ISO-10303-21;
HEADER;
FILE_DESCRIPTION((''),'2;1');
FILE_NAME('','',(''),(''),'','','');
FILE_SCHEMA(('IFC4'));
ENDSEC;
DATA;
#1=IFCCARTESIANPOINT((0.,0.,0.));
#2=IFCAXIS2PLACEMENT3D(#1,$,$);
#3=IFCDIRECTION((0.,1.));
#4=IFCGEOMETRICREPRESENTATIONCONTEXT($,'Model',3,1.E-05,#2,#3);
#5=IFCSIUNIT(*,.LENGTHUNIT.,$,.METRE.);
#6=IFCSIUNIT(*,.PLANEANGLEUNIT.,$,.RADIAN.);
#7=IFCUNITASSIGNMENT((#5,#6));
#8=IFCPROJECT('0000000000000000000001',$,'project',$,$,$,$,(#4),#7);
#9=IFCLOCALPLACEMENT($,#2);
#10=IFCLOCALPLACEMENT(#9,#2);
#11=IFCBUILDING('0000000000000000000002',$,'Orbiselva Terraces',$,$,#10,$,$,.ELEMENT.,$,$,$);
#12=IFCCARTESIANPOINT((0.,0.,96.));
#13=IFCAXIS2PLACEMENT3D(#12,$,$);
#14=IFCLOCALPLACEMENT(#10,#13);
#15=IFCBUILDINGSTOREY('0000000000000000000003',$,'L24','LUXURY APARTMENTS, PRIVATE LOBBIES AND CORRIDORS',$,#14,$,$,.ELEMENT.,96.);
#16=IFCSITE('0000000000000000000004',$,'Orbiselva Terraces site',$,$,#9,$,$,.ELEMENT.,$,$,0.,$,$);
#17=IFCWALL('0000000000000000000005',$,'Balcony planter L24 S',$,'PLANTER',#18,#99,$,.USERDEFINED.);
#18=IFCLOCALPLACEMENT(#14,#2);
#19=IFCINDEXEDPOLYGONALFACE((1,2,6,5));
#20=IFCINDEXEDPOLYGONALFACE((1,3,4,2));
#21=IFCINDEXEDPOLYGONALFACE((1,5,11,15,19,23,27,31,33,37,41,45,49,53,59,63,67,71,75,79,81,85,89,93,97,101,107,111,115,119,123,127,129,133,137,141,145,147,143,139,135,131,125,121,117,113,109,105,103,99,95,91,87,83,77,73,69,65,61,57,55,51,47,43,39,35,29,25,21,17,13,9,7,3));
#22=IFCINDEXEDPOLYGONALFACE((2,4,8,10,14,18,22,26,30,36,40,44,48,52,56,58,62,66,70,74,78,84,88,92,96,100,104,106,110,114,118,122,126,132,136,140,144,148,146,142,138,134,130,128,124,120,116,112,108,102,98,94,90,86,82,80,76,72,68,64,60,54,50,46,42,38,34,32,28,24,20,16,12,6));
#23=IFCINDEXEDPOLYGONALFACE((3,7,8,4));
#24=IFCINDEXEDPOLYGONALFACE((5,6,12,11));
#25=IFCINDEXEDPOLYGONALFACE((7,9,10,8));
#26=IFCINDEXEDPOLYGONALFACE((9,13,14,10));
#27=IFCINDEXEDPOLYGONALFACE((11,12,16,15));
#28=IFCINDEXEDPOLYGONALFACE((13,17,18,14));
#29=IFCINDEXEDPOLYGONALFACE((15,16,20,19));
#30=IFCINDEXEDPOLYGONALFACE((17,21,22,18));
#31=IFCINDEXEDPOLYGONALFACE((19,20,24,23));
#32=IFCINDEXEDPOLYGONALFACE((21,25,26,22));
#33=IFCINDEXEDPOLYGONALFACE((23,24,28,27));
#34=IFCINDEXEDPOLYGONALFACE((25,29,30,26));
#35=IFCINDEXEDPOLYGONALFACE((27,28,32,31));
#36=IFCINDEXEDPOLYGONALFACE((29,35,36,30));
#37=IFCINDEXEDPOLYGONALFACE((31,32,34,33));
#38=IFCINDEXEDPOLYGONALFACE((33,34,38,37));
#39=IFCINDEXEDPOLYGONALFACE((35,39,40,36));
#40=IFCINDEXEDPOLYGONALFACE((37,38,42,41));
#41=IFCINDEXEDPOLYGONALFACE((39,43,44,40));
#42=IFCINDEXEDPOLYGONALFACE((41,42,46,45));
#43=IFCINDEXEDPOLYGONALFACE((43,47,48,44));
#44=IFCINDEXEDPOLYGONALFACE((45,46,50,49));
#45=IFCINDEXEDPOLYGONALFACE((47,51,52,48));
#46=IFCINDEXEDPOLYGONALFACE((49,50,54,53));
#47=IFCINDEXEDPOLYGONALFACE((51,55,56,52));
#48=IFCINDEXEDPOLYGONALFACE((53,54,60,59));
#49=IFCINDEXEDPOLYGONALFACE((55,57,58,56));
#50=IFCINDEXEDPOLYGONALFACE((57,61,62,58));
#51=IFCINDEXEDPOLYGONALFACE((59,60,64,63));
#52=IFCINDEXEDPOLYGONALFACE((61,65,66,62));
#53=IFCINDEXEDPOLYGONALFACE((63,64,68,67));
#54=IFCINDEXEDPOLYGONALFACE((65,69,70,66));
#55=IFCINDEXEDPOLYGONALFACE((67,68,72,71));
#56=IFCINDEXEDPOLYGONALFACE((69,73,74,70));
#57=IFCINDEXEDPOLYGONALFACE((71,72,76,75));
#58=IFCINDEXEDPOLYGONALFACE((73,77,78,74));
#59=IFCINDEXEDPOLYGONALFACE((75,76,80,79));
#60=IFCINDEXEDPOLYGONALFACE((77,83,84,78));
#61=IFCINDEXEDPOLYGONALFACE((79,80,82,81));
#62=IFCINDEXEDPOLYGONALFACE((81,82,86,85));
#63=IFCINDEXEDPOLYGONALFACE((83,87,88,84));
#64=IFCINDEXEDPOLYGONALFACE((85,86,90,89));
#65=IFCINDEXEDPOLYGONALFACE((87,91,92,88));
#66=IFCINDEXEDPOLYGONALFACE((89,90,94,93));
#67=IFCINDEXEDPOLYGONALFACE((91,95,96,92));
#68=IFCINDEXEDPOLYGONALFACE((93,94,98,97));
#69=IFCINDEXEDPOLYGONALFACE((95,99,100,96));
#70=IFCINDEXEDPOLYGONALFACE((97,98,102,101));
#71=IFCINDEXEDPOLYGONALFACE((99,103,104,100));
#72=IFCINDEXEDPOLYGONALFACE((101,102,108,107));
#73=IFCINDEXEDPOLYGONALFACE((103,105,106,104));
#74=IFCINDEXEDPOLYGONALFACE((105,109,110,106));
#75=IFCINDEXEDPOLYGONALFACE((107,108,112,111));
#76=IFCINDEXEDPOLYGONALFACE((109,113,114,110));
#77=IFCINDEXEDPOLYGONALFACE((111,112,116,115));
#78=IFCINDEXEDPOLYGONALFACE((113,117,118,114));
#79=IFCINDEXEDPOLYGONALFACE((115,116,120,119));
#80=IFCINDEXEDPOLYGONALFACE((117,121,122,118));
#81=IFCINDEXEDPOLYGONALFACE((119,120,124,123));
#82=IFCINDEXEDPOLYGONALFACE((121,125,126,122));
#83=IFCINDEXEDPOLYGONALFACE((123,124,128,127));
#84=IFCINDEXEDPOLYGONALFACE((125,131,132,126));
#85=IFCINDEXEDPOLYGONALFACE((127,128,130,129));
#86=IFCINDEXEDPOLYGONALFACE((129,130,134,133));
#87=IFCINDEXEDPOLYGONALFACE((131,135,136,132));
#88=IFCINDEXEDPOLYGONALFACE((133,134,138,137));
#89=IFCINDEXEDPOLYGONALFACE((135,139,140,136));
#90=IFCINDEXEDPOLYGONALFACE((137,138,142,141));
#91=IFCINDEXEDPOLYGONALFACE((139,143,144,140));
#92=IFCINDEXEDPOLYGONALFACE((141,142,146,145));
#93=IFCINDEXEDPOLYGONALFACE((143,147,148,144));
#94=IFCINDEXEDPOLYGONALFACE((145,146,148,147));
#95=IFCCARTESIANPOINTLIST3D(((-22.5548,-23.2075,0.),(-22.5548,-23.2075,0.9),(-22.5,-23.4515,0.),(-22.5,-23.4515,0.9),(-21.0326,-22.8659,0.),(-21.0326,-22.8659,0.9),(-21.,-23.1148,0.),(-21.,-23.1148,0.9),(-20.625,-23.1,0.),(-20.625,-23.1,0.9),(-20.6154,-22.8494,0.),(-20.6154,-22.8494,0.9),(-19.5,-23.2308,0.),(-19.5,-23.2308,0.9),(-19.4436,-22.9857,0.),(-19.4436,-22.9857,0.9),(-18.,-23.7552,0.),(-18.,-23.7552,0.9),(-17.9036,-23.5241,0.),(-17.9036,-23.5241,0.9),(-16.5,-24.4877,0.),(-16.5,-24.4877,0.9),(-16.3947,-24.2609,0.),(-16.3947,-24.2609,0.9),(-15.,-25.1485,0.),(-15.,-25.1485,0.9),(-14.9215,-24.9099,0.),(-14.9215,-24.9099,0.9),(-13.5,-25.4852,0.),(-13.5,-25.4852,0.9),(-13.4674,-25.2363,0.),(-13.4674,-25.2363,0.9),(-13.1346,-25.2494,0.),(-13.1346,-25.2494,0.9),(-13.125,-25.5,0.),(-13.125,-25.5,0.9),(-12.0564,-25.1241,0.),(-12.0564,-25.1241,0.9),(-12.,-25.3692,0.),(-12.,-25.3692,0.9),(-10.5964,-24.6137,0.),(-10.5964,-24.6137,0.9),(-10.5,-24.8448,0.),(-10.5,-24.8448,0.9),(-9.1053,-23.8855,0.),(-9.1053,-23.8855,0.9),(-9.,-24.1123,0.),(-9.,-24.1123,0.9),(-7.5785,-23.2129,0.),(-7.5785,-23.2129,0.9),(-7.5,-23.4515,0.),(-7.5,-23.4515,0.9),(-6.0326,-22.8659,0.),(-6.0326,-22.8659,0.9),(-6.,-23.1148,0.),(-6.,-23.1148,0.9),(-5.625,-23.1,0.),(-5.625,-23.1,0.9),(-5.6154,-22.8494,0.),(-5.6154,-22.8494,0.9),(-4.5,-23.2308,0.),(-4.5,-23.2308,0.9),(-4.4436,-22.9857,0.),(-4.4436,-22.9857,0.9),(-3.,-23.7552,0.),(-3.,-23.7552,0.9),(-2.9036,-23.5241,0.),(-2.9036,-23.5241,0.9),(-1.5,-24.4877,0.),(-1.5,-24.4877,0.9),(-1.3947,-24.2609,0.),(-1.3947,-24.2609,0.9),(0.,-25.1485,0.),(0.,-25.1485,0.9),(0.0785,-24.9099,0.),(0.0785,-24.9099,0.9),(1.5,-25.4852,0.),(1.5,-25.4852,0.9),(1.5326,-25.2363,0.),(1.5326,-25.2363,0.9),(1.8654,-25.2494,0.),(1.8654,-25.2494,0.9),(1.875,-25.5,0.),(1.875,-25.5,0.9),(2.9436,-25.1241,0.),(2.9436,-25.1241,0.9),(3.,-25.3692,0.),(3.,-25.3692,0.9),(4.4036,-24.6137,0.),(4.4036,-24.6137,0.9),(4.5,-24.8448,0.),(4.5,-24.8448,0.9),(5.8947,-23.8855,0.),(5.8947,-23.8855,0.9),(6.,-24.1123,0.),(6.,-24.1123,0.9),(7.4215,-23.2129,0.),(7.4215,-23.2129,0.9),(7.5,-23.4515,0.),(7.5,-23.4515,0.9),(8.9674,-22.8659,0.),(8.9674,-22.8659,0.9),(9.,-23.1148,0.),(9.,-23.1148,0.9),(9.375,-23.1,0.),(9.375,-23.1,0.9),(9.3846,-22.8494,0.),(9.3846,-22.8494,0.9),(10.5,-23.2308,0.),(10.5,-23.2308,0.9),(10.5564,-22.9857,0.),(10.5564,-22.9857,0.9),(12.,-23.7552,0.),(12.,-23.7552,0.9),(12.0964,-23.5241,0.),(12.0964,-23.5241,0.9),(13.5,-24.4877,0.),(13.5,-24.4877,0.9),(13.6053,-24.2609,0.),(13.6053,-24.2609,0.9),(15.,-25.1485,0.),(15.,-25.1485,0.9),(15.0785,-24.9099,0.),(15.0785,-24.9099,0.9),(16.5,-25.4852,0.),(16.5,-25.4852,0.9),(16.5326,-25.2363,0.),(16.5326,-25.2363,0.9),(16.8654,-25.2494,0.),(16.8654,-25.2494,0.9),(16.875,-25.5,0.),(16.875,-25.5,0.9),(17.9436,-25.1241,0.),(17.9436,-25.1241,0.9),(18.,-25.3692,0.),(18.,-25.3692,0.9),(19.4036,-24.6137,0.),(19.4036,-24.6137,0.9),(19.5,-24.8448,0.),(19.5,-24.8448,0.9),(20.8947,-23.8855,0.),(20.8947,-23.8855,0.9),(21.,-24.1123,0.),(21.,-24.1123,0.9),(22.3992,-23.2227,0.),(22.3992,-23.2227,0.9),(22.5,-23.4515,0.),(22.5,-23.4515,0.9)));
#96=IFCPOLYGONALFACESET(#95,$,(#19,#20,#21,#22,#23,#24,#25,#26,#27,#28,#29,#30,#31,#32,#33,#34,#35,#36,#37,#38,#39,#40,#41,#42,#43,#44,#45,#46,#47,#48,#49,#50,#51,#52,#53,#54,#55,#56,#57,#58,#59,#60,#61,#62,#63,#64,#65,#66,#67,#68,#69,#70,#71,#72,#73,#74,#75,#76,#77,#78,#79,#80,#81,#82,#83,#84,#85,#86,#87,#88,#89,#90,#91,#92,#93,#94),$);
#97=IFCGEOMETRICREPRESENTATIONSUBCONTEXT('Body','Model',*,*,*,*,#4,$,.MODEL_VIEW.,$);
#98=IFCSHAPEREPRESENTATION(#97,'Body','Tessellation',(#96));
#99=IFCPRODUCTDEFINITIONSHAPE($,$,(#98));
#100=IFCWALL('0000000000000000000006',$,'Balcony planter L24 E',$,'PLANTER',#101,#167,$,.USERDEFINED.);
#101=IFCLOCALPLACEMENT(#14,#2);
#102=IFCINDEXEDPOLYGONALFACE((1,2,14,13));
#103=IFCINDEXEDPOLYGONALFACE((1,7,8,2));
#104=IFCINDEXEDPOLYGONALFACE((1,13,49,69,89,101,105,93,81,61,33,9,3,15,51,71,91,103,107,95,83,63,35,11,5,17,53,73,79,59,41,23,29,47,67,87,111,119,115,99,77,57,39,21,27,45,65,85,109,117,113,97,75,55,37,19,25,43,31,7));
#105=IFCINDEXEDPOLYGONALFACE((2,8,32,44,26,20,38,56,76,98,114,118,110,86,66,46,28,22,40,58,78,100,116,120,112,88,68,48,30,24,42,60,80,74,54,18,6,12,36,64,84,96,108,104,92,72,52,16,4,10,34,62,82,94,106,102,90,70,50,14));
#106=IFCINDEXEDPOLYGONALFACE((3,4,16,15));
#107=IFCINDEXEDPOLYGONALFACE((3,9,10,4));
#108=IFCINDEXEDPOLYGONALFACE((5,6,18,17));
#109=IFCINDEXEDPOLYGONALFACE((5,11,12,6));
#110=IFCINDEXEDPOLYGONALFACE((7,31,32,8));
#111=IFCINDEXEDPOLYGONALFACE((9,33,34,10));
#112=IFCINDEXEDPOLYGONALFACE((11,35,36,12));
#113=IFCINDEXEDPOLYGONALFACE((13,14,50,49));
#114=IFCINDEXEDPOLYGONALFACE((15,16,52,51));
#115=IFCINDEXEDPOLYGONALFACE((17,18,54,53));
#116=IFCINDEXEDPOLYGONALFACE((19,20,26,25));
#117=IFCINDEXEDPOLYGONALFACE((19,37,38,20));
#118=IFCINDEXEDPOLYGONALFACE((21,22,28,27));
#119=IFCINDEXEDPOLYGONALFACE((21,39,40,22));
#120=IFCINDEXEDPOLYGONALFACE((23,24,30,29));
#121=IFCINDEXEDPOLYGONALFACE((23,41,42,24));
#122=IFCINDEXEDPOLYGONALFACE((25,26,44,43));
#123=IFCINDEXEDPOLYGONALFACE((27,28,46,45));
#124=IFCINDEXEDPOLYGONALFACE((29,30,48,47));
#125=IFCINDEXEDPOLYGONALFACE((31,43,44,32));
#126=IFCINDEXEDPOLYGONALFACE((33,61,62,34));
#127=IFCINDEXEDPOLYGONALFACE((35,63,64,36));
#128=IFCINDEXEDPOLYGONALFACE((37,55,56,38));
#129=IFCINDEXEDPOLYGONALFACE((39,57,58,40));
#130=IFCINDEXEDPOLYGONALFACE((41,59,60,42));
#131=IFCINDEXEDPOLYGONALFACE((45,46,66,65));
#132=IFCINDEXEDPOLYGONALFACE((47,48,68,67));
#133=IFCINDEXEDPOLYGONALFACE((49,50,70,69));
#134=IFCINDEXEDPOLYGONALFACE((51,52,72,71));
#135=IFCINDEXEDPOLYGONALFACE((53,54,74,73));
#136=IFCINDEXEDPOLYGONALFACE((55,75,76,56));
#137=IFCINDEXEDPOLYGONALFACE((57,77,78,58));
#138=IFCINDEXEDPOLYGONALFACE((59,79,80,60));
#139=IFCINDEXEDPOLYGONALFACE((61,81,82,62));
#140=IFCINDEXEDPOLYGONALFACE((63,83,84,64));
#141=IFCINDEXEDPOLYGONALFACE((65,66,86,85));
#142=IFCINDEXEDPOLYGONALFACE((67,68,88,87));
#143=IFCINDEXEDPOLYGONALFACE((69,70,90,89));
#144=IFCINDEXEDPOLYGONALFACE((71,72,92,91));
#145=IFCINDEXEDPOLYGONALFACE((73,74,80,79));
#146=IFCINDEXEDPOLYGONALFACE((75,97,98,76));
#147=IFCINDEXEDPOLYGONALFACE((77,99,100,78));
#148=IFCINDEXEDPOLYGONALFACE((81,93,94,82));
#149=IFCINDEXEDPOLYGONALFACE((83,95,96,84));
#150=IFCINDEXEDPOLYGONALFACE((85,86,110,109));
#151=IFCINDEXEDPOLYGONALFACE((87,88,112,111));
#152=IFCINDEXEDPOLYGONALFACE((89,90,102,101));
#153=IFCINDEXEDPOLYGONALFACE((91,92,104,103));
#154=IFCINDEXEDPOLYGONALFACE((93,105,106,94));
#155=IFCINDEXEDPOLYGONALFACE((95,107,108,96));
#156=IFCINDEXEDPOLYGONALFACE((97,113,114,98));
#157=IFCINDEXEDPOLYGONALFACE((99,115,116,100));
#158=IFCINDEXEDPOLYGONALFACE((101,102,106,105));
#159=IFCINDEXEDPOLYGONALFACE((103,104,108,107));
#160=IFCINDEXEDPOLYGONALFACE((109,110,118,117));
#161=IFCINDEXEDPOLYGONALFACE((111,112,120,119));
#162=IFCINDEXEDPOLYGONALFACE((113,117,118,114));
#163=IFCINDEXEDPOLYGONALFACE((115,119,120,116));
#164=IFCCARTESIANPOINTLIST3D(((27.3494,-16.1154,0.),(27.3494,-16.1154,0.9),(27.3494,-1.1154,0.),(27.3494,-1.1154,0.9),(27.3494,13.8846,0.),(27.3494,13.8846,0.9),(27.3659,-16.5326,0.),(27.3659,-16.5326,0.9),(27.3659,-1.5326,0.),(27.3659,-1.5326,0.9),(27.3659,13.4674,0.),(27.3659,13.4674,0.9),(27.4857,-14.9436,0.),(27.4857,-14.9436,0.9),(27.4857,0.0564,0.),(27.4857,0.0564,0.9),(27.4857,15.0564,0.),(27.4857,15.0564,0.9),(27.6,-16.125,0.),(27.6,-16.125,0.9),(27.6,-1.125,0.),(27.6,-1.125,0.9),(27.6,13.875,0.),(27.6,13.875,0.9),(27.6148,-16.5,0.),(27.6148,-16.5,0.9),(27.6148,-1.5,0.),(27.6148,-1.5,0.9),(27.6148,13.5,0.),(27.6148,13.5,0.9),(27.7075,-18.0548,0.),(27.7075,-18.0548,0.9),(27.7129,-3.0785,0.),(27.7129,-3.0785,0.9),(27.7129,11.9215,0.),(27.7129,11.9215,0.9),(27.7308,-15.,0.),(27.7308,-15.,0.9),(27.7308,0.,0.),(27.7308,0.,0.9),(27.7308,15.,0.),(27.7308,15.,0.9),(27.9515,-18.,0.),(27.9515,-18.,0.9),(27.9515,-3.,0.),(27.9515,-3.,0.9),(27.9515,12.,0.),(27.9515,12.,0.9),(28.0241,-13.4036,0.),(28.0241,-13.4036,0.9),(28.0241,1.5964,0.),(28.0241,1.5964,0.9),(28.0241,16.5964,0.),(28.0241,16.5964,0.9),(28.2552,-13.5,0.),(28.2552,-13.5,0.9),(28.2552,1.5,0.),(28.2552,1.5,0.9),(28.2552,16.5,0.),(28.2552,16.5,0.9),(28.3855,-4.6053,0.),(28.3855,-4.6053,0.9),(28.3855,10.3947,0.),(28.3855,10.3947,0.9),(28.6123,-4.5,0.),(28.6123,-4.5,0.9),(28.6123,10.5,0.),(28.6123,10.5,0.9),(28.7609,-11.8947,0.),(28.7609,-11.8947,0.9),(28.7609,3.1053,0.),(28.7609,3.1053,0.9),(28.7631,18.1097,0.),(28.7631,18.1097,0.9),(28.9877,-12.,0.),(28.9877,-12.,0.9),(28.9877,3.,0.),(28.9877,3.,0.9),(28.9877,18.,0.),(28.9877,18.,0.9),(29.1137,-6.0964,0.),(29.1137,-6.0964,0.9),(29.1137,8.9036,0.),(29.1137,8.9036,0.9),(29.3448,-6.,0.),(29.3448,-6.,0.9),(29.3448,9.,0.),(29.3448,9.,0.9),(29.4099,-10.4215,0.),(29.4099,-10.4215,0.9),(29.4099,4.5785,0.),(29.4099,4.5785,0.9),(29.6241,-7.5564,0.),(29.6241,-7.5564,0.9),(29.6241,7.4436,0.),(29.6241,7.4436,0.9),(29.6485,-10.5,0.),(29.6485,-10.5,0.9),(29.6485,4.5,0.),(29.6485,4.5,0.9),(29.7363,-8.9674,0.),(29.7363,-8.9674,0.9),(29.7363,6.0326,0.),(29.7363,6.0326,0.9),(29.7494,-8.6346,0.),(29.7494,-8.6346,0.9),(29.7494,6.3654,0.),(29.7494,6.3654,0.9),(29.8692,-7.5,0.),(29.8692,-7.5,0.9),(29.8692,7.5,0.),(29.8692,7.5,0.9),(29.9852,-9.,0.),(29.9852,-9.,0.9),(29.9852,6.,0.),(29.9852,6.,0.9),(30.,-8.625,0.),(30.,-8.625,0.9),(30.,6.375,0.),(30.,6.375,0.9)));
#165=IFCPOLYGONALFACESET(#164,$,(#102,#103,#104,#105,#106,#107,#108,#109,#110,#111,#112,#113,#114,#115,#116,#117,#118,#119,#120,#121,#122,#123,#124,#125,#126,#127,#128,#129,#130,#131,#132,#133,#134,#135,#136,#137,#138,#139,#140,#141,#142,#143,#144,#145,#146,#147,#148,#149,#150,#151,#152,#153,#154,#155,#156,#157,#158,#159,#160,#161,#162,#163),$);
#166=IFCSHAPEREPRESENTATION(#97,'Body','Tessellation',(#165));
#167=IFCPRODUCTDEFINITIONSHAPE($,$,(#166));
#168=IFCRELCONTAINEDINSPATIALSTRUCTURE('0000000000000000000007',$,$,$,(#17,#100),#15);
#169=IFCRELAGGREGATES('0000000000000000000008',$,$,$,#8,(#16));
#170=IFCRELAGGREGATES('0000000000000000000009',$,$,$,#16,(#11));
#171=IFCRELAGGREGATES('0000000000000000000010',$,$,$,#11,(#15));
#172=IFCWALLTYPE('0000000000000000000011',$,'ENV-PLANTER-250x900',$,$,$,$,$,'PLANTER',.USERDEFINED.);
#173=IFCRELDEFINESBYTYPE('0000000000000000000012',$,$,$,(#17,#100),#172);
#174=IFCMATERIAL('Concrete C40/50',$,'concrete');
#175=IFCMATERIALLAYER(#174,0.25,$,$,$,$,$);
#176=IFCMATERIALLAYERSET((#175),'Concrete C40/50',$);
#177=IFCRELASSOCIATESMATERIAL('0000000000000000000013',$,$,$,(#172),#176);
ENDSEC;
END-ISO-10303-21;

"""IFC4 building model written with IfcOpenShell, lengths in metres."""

from ifc_helpers import new_model, si_unit, direction, frame, origin, place, context, subcontext, project, spatial, polyline, outline, extrude, material, layer, layer_set, type_object, element, save


model = new_model("IFC4")

# Units and contexts
model_context = context("Model", 3, precision=1e-05, world=origin(), true_north=direction((0.0, 1.0)))
body_context = subcontext(model_context, "Body", "Model", "MODEL_VIEW")
ifc_project = project(units=[si_unit("LENGTHUNIT", "METRE"), si_unit("PLANEANGLEUNIT", "RADIAN")], contexts=[model_context])

# Site, building, storey
site_placement = place(None, origin())
site = spatial("IfcSite", under=ifc_project, at=site_placement, Name="Orbiselva Terraces site", CompositionType="ELEMENT", RefElevation=0.0)
building_placement = place(site_placement, origin())
building = spatial("IfcBuilding", under=site, at=building_placement, Name="Orbiselva Terraces", CompositionType="ELEMENT")
storey_placement = place(building_placement, frame((0.0, 0.0, 96.0)))
storey = spatial("IfcBuildingStorey", under=building, at=storey_placement, Name="L24", Description="LUXURY APARTMENTS, PRIVATE LOBBIES AND CORRIDORS", CompositionType="ELEMENT", Elevation=96.0)

# Shared definitions
ifc_material_1 = material(Name="Concrete C40/50", Category="concrete")

# Walls
ifc_layer_1 = layer(ifc_material_1, 0.25)
ifc_layer_set_1 = layer_set([ifc_layer_1], Name="Concrete C40/50")
wall_type = type_object("IfcWallType", Name="ENV-PLANTER-250x900", ElementType="PLANTER", PredefinedType="USERDEFINED", material=ifc_layer_set_1)
wall_1_placement = place(storey_placement, origin())
element("IfcWall", 1, at=wall_1_placement, inside=storey, type_object=wall_type, Name="Balcony planter L24 S", ObjectType="PLANTER", PredefinedType="USERDEFINED", context=body_context, shape_type="SweptSolid", body=[
    extrude(outline(polyline([(-22.5, -23.4515), (-21.0, -23.1148), (-20.625, -23.1), (-19.5, -23.2308), (-18.0, -23.7552), (-16.5, -24.4877), (-15.0, -25.1485), (-13.5, -25.4852), (-13.125, -25.5), (-12.0, -25.3692), (-10.5, -24.8448), (-9.0, -24.1123), (-7.5, -23.4515), (-6.0, -23.1148), (-5.625, -23.1), (-4.5, -23.2308), (-3.0, -23.7552), (-1.5, -24.4877), (0.0, -25.1485), (1.5, -25.4852), (1.875, -25.5), (3.0, -25.3692), (4.5, -24.8448), (6.0, -24.1123), (7.5, -23.4515), (9.0, -23.1148), (9.375, -23.1), (10.5, -23.2308), (12.0, -23.7552), (13.5, -24.4877), (15.0, -25.1485), (16.5, -25.4852), (16.875, -25.5), (18.0, -25.3692), (19.5, -24.8448), (21.0, -24.1123), (22.5, -23.4515), (22.3992, -23.2227), (20.8947, -23.8855), (19.4036, -24.6137), (17.9436, -25.1241), (16.8654, -25.2494), (16.5326, -25.2363), (15.0785, -24.9099), (13.6053, -24.2609), (12.0964, -23.5241), (10.5564, -22.9857), (9.3846, -22.8494), (8.9674, -22.8659), (7.4215, -23.2129), (5.8947, -23.8855), (4.4036, -24.6137), (2.9436, -25.1241), (1.8654, -25.2494), (1.5326, -25.2363), (0.0785, -24.9099), (-1.3947, -24.2609), (-2.9036, -23.5241), (-4.4436, -22.9857), (-5.6154, -22.8494), (-6.0326, -22.8659), (-7.5785, -23.2129), (-9.1053, -23.8855), (-10.5964, -24.6137), (-12.0564, -25.1241), (-13.1346, -25.2494), (-13.4674, -25.2363), (-14.9215, -24.9099), (-16.3947, -24.2609), (-17.9036, -23.5241), (-19.4436, -22.9857), (-20.6154, -22.8494), (-21.0326, -22.8659), (-22.5548, -23.2075), (-22.5, -23.4515)])), origin(), (0.0, 0.0, 1.0), 0.9),
])
wall_2_placement = place(storey_placement, origin())
element("IfcWall", 2, at=wall_2_placement, inside=storey, type_object=wall_type, Name="Balcony planter L24 E", ObjectType="PLANTER", PredefinedType="USERDEFINED", context=body_context, shape_type="SweptSolid", body=[
    extrude(outline(polyline([(27.9515, -18.0), (27.6148, -16.5), (27.6, -16.125), (27.7308, -15.0), (28.2552, -13.5), (28.9877, -12.0), (29.6485, -10.5), (29.9852, -9.0), (30.0, -8.625), (29.8692, -7.5), (29.3448, -6.0), (28.6123, -4.5), (27.9515, -3.0), (27.6148, -1.5), (27.6, -1.125), (27.7308, 0.0), (28.2552, 1.5), (28.9877, 3.0), (29.6485, 4.5), (29.9852, 6.0), (30.0, 6.375), (29.8692, 7.5), (29.3448, 9.0), (28.6123, 10.5), (27.9515, 12.0), (27.6148, 13.5), (27.6, 13.875), (27.7308, 15.0), (28.2552, 16.5), (28.9877, 18.0), (28.7631, 18.1097), (28.0241, 16.5964), (27.4857, 15.0564), (27.3494, 13.8846), (27.3659, 13.4674), (27.7129, 11.9215), (28.3855, 10.3947), (29.1137, 8.9036), (29.6241, 7.4436), (29.7494, 6.3654), (29.7363, 6.0326), (29.4099, 4.5785), (28.7609, 3.1053), (28.0241, 1.5964), (27.4857, 0.0564), (27.3494, -1.1154), (27.3659, -1.5326), (27.7129, -3.0785), (28.3855, -4.6053), (29.1137, -6.0964), (29.6241, -7.5564), (29.7494, -8.6346), (29.7363, -8.9674), (29.4099, -10.4215), (28.7609, -11.8947), (28.0241, -13.4036), (27.4857, -14.9436), (27.3494, -16.1154), (27.3659, -16.5326), (27.7075, -18.0548), (27.9515, -18.0)])), origin(), (0.0, 0.0, 1.0), 0.9),
])

save(model, "model.ifc")
